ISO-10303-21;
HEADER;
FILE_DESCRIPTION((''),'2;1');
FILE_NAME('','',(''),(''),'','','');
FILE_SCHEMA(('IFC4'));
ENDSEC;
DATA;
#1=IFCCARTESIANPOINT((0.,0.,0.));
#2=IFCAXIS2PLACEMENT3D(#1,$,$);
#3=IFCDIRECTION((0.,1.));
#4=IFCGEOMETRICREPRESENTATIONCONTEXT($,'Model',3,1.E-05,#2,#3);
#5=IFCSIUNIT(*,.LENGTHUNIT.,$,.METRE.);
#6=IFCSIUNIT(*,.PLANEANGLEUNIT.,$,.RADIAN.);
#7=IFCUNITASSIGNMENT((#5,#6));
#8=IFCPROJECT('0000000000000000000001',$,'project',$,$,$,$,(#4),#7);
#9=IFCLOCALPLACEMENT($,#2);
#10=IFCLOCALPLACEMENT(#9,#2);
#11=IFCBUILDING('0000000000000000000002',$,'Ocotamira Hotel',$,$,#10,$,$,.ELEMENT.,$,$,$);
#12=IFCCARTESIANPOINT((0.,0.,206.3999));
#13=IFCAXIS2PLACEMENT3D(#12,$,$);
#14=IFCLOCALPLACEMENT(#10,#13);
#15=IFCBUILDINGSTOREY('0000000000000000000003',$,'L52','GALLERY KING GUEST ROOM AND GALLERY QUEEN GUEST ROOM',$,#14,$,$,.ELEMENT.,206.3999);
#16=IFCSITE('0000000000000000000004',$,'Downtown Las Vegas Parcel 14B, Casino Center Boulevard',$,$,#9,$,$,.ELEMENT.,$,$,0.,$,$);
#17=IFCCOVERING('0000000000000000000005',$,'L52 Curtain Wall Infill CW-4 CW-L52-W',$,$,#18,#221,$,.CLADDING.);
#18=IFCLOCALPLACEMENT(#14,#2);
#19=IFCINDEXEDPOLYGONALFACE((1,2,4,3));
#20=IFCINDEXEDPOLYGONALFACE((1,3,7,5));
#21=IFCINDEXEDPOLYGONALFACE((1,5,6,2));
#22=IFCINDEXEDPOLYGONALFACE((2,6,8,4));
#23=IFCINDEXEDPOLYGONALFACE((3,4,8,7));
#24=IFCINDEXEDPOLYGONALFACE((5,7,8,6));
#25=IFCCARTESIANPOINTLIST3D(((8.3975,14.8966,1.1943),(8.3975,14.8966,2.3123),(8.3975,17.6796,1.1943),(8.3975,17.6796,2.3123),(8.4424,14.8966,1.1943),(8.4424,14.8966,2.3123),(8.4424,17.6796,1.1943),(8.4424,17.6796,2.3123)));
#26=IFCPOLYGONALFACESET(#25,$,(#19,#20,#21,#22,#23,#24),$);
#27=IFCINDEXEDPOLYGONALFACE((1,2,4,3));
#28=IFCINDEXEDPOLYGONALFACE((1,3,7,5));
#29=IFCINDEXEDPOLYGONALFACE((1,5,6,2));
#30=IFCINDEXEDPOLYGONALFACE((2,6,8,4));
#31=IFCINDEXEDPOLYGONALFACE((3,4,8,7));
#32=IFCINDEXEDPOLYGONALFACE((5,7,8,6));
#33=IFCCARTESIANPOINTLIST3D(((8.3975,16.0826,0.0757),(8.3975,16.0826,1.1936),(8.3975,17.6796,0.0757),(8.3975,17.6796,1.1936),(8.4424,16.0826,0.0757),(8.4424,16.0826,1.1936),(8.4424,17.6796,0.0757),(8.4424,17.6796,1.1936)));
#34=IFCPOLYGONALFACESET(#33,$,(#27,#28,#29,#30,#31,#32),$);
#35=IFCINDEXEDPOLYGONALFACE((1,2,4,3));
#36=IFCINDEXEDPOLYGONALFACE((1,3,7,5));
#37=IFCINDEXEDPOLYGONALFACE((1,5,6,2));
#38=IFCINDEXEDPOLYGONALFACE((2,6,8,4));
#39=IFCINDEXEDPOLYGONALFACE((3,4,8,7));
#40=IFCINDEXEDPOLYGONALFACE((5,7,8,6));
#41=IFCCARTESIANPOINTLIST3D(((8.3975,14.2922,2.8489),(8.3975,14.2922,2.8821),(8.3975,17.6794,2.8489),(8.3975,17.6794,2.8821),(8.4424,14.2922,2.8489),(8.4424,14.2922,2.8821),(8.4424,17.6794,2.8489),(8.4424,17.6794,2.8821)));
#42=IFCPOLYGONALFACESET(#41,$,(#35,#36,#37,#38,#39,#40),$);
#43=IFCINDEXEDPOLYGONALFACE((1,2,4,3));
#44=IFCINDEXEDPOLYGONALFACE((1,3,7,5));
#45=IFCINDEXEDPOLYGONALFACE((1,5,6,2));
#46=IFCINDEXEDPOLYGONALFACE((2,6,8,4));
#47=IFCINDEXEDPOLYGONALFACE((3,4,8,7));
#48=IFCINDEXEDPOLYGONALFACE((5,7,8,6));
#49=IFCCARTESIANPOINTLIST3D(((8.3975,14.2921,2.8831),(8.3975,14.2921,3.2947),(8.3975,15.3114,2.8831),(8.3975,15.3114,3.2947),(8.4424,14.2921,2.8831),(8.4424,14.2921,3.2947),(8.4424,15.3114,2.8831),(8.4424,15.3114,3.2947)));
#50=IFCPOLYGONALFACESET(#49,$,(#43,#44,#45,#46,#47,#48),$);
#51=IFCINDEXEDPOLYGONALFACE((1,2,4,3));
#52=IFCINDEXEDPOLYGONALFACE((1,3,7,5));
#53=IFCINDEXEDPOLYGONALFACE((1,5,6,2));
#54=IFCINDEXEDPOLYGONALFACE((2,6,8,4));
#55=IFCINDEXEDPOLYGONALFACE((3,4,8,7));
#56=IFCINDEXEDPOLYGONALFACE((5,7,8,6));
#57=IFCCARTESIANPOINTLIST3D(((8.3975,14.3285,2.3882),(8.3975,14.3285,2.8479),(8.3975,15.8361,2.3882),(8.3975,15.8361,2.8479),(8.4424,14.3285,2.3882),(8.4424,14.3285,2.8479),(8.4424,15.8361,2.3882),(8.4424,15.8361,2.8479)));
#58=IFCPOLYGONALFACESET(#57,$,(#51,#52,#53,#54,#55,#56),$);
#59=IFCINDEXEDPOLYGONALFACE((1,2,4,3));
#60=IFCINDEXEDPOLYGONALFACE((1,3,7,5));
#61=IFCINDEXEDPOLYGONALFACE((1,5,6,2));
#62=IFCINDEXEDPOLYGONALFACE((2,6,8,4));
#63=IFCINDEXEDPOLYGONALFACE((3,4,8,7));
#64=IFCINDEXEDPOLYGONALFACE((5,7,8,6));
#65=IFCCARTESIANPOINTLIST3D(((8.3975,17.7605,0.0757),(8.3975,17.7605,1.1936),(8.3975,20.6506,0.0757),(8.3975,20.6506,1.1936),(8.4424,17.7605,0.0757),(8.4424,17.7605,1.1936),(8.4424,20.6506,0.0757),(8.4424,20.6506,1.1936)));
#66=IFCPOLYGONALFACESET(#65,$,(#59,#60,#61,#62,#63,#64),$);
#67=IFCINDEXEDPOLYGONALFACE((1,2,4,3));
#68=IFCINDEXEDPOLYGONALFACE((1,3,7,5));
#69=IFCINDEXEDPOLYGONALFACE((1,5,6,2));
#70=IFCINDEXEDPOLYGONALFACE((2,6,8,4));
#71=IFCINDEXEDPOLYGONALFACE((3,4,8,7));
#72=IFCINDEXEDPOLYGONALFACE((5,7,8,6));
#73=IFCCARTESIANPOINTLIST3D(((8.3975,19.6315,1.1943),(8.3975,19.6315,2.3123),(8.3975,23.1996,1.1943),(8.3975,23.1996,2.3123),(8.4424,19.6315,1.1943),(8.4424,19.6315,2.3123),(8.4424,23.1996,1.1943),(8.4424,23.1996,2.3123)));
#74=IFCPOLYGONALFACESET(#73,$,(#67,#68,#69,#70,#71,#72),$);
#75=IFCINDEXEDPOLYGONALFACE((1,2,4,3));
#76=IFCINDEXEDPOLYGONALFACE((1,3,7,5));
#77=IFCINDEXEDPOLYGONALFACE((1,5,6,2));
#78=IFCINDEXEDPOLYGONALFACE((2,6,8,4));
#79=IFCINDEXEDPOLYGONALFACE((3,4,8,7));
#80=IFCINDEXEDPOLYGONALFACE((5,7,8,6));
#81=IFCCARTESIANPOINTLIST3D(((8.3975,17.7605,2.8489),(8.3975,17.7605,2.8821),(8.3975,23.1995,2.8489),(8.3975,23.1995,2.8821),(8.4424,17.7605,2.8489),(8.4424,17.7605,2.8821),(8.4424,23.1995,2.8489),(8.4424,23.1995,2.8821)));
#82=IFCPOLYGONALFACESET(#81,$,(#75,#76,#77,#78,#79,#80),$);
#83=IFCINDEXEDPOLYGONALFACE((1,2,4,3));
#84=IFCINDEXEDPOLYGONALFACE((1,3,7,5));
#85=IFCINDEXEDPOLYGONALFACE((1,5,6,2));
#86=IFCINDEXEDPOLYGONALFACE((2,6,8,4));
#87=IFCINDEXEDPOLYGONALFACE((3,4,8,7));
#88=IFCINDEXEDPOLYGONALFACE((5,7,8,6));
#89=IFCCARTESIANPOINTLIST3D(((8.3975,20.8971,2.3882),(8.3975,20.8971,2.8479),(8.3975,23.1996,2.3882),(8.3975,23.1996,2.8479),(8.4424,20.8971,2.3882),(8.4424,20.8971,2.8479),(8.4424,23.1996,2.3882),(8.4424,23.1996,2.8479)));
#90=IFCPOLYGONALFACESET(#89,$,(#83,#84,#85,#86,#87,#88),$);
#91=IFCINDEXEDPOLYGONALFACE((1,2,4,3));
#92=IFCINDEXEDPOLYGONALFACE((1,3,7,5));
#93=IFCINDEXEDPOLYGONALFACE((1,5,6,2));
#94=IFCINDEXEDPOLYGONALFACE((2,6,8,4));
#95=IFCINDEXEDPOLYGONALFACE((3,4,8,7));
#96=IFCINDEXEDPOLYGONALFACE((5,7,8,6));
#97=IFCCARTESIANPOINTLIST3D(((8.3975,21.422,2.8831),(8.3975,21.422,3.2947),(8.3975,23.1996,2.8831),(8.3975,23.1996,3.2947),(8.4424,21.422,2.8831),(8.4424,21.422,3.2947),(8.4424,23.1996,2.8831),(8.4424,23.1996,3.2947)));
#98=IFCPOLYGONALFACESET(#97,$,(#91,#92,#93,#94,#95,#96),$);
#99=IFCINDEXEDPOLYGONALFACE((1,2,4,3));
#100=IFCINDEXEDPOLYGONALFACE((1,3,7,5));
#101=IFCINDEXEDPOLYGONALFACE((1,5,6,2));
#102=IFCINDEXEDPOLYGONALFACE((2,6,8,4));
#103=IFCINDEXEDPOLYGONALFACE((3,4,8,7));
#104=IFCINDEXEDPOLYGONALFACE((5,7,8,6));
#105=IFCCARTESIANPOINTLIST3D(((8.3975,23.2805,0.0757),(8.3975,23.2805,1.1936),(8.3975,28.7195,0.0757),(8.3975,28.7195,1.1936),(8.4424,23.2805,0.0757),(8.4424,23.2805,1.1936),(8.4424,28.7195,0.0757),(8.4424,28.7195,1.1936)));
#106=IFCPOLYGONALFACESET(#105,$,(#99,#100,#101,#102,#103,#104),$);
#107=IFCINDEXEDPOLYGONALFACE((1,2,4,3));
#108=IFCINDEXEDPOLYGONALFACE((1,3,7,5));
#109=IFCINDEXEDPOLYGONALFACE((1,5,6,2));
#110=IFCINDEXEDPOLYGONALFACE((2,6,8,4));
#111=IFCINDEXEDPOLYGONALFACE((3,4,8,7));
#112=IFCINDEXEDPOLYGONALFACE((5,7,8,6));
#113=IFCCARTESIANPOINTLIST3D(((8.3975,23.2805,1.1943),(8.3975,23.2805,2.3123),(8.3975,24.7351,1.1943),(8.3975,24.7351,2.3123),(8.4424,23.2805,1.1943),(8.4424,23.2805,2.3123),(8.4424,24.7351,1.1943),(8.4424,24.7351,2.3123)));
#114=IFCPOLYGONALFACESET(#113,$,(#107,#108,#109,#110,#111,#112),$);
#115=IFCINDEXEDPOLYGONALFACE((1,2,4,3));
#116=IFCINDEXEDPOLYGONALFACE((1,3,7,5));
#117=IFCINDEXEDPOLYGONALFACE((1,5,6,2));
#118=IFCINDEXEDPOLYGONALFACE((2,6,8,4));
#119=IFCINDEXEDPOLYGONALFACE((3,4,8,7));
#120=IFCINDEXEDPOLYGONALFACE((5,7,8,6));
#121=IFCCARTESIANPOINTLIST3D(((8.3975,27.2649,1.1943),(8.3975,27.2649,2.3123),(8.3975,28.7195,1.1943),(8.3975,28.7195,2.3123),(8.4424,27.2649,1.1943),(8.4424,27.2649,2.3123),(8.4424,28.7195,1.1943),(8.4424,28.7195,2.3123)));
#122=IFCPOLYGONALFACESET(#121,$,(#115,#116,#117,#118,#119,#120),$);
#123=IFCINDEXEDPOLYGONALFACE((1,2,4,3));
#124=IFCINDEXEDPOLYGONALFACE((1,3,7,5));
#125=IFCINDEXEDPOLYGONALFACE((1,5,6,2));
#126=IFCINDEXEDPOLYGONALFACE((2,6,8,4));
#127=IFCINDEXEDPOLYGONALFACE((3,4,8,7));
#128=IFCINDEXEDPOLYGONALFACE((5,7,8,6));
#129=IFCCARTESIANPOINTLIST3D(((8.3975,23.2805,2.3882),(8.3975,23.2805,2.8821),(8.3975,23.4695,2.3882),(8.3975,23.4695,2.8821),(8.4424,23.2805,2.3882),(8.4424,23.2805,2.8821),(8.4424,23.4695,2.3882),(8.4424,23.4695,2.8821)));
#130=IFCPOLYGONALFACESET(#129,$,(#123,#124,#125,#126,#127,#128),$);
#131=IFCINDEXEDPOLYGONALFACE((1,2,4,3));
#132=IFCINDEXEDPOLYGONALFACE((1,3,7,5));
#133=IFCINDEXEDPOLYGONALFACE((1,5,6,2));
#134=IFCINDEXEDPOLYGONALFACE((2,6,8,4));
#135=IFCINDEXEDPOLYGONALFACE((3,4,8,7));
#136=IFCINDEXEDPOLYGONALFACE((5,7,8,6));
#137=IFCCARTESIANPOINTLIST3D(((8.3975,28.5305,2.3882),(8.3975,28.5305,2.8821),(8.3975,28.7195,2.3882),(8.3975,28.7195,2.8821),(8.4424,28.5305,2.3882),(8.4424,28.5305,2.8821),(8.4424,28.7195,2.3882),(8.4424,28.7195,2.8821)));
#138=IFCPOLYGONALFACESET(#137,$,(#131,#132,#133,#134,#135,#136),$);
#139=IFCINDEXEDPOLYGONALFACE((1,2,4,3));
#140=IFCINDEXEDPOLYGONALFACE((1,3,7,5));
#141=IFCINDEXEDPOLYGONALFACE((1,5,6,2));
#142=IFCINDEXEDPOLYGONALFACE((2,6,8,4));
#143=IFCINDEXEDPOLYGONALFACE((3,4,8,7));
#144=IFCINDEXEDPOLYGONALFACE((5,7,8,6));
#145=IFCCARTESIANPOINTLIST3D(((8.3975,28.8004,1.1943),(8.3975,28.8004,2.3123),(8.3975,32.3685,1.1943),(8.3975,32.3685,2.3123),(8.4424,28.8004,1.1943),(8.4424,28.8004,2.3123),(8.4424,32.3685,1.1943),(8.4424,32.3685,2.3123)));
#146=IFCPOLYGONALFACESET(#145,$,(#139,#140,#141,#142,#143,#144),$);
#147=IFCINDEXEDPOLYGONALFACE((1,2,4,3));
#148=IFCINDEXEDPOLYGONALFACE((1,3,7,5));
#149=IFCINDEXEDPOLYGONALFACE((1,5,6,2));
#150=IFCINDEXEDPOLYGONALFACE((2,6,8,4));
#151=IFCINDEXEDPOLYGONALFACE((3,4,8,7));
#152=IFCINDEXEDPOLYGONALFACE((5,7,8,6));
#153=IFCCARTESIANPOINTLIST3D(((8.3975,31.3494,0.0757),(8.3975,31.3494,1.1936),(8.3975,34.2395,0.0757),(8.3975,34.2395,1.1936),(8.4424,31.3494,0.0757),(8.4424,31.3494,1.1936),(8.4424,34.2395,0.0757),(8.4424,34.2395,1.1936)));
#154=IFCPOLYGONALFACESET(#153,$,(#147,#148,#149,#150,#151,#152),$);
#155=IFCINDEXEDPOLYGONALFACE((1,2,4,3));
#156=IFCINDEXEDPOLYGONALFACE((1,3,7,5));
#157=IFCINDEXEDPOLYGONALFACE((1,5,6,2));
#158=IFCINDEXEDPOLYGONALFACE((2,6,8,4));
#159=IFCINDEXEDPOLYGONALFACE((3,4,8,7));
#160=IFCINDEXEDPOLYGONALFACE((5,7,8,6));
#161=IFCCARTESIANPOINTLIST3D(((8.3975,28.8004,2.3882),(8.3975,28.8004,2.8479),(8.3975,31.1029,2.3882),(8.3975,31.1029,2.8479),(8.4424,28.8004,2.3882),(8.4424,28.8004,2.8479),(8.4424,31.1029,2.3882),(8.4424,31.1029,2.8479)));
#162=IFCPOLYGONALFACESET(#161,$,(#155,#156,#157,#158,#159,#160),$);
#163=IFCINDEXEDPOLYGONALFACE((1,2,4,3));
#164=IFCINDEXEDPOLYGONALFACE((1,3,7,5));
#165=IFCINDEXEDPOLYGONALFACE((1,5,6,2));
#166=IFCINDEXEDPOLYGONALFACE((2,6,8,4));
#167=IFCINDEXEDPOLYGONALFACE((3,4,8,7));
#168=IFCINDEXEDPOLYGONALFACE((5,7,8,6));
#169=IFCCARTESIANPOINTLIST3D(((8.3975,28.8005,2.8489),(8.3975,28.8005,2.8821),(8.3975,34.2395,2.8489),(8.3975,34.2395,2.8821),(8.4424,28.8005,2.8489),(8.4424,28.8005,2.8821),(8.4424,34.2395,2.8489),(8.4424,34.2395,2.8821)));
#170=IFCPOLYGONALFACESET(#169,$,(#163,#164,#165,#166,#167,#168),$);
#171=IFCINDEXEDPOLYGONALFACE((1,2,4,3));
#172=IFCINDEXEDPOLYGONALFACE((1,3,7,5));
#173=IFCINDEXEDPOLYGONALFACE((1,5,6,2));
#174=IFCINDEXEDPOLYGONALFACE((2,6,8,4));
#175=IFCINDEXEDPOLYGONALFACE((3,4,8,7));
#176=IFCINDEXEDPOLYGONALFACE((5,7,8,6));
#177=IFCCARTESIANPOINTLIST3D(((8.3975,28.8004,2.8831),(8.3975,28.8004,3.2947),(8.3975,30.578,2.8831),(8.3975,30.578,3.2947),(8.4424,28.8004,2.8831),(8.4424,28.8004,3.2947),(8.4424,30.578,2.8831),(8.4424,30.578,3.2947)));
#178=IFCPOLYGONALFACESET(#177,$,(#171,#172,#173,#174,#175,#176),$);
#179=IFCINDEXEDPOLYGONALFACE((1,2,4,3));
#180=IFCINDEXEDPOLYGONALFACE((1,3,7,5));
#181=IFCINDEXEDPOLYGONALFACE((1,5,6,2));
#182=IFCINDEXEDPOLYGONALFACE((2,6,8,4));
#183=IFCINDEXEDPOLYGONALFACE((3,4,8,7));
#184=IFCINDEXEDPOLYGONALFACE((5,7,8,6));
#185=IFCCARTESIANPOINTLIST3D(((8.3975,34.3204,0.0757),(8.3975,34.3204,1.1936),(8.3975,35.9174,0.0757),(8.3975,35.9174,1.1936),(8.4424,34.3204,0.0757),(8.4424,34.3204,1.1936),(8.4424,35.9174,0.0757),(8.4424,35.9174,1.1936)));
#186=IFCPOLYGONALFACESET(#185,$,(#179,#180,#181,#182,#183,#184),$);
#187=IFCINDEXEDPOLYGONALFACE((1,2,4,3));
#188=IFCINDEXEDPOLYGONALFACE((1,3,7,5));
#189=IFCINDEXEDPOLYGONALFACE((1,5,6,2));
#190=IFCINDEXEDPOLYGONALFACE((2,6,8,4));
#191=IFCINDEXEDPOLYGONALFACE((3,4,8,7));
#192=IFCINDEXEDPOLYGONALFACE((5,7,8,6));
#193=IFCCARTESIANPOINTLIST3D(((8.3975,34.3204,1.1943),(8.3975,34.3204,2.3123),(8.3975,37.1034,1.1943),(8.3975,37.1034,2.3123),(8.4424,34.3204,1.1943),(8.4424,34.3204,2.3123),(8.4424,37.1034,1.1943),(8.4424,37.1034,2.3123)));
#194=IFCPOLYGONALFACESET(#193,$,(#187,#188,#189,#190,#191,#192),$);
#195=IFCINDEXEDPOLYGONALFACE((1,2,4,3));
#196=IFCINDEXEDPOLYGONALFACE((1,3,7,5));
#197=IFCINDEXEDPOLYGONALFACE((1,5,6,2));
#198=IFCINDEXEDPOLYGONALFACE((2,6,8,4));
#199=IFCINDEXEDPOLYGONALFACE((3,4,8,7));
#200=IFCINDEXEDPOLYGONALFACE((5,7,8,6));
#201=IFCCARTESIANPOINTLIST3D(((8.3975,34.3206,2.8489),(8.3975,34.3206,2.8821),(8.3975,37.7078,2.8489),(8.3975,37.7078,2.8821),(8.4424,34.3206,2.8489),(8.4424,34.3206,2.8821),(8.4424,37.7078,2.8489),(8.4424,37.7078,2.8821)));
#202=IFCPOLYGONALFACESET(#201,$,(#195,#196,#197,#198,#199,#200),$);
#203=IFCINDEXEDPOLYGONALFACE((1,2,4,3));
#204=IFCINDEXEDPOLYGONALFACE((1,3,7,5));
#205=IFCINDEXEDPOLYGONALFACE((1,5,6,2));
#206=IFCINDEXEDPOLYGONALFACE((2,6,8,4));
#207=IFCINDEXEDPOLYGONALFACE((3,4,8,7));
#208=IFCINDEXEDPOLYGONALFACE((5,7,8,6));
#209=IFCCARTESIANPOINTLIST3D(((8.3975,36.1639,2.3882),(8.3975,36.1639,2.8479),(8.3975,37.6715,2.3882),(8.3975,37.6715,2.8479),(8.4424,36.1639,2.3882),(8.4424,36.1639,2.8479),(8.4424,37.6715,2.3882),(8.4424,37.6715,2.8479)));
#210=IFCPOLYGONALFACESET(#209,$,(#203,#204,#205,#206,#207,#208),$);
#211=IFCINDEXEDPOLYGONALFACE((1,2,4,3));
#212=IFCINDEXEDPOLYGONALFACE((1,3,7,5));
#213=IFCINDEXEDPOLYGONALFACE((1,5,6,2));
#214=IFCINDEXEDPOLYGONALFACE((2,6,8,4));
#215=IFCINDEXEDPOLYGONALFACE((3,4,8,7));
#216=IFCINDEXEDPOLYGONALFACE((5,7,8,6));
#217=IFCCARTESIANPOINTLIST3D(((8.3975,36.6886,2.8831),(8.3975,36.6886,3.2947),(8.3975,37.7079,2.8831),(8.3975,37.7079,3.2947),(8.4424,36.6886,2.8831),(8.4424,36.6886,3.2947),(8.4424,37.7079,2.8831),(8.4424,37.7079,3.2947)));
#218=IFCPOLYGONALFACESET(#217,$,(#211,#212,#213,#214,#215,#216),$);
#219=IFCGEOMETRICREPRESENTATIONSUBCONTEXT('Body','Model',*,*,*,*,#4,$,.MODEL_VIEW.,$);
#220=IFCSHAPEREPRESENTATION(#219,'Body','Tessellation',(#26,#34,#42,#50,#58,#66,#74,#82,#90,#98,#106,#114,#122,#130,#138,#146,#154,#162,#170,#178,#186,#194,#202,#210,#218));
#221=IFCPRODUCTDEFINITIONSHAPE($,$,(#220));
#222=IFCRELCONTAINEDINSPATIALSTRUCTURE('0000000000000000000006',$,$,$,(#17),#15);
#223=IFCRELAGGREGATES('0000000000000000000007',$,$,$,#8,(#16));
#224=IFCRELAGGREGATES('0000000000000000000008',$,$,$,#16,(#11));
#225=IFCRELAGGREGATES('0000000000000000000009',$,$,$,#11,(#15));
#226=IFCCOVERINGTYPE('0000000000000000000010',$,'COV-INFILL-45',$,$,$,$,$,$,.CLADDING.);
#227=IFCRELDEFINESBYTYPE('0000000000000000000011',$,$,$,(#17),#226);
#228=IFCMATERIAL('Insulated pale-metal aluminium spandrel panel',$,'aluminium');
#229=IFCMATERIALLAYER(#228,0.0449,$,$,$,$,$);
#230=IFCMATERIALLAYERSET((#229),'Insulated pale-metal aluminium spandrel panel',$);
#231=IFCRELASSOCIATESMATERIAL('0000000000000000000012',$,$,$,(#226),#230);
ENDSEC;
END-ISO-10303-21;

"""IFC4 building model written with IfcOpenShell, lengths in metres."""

from ifc_helpers import new_model, si_unit, direction, frame, origin, origin_2d, place, context, subcontext, project, spatial, rectangle, extrude, material, layer, layer_set, type_object, element, save


model = new_model("IFC4")

# Units and contexts
model_context = context("Model", 3, precision=1e-05, world=origin(), true_north=direction((0.0, 1.0)))
body_context = subcontext(model_context, "Body", "Model", "MODEL_VIEW")
ifc_project = project(units=[si_unit("LENGTHUNIT", "METRE"), si_unit("PLANEANGLEUNIT", "RADIAN")], contexts=[model_context])

# Site, building, storey
site_placement = place(None, origin())
site = spatial("IfcSite", under=ifc_project, at=site_placement, Name="Downtown Las Vegas Parcel 14B, Casino Center Boulevard", CompositionType="ELEMENT", RefElevation=0.0)
building_placement = place(site_placement, origin())
building = spatial("IfcBuilding", under=site, at=building_placement, Name="Ocotamira Hotel", CompositionType="ELEMENT")
storey_placement = place(building_placement, frame((0.0, 0.0, 206.3999)))
storey = spatial("IfcBuildingStorey", under=building, at=storey_placement, Name="L52", Description="GALLERY KING GUEST ROOM AND GALLERY QUEEN GUEST ROOM", CompositionType="ELEMENT", Elevation=206.3999)

# Covering
ifc_material_1 = material(Name="Insulated pale-metal aluminium spandrel panel", Category="aluminium")
ifc_layer_1 = layer(ifc_material_1, 0.0449)
ifc_layer_set_1 = layer_set([ifc_layer_1], Name="Insulated pale-metal aluminium spandrel panel")
covering_type_1 = type_object("IfcCoveringType", Name="COV-INFILL-45", PredefinedType="CLADDING", material=ifc_layer_set_1)
covering_1_placement = place(storey_placement, origin())
element("IfcCovering", 1, at=covering_1_placement, inside=storey, type_object=covering_type_1, Name="L52 Curtain Wall Infill CW-4 CW-L52-W", PredefinedType="CLADDING", context=body_context, shape_type="SweptSolid", body=[
    extrude(rectangle(XDim=2.783, YDim=0.0449, at=origin_2d()), frame((8.4199, 16.2881, 1.1943), z_axis=(0.0, 0.0, 1.0), x_axis=(0.0, 1.0, 0.0)), (0.0, 0.0, 1.0), 1.1179),
    extrude(rectangle(XDim=1.5969, YDim=0.0449, at=origin_2d()), frame((8.4199, 16.8811, 0.0757), z_axis=(0.0, 0.0, 1.0), x_axis=(0.0, 1.0, 0.0)), (0.0, 0.0, 1.0), 1.1179),
    extrude(rectangle(XDim=3.3872, YDim=0.0449, at=origin_2d()), frame((8.4199, 15.9858, 2.8489), z_axis=(0.0, 0.0, 1.0), x_axis=(0.0, 1.0, 0.0)), (0.0, 0.0, 1.0), 0.0332),
    extrude(rectangle(XDim=1.0193, YDim=0.0449, at=origin_2d()), frame((8.4199, 14.8018, 2.8831), z_axis=(0.0, 0.0, 1.0), x_axis=(0.0, 1.0, 0.0)), (0.0, 0.0, 1.0), 0.4116),
    extrude(rectangle(XDim=1.5076, YDim=0.0449, at=origin_2d()), frame((8.4199, 15.0823, 2.3882), z_axis=(0.0, 0.0, 1.0), x_axis=(0.0, 1.0, 0.0)), (0.0, 0.0, 1.0), 0.4597),
    extrude(rectangle(XDim=2.8901, YDim=0.0449, at=origin_2d()), frame((8.4199, 19.2056, 0.0757), z_axis=(0.0, 0.0, 1.0), x_axis=(0.0, 1.0, 0.0)), (0.0, 0.0, 1.0), 1.1179),
    extrude(rectangle(XDim=3.5681, YDim=0.0449, at=origin_2d()), frame((8.4199, 21.4155, 1.1943), z_axis=(0.0, 0.0, 1.0), x_axis=(0.0, 1.0, 0.0)), (0.0, 0.0, 1.0), 1.1179),
    extrude(rectangle(XDim=5.439, YDim=0.0449, at=origin_2d()), frame((8.4199, 20.48, 2.8489), z_axis=(0.0, 0.0, 1.0), x_axis=(0.0, 1.0, 0.0)), (0.0, 0.0, 1.0), 0.0332),
    extrude(rectangle(XDim=2.3025, YDim=0.0449, at=origin_2d()), frame((8.4199, 22.0483, 2.3882), z_axis=(0.0, 0.0, 1.0), x_axis=(0.0, 1.0, 0.0)), (0.0, 0.0, 1.0), 0.4597),
    extrude(rectangle(XDim=1.7776, YDim=0.0449, at=origin_2d()), frame((8.4199, 22.3108, 2.8831), z_axis=(0.0, 0.0, 1.0), x_axis=(0.0, 1.0, 0.0)), (0.0, 0.0, 1.0), 0.4116),
    extrude(rectangle(XDim=5.439, YDim=0.0449, at=origin_2d()), frame((8.4199, 26.0, 0.0757), z_axis=(0.0, 0.0, 1.0), x_axis=(0.0, 1.0, 0.0)), (0.0, 0.0, 1.0), 1.1179),
    extrude(rectangle(XDim=1.4546, YDim=0.0449, at=origin_2d()), frame((8.4199, 24.0078, 1.1943), z_axis=(0.0, 0.0, 1.0), x_axis=(0.0, 1.0, 0.0)), (0.0, 0.0, 1.0), 1.1179),
    extrude(rectangle(XDim=1.4546, YDim=0.0449, at=origin_2d()), frame((8.4199, 27.9922, 1.1943), z_axis=(0.0, 0.0, 1.0), x_axis=(0.0, 1.0, 0.0)), (0.0, 0.0, 1.0), 1.1179),
    extrude(rectangle(XDim=0.189, YDim=0.0449, at=origin_2d()), frame((8.4199, 23.375, 2.3882), z_axis=(0.0, 0.0, 1.0), x_axis=(0.0, 1.0, 0.0)), (0.0, 0.0, 1.0), 0.4939),
    extrude(rectangle(XDim=0.189, YDim=0.0449, at=origin_2d()), frame((8.4199, 28.625, 2.3882), z_axis=(0.0, 0.0, 1.0), x_axis=(0.0, 1.0, 0.0)), (0.0, 0.0, 1.0), 0.4939),
    extrude(rectangle(XDim=3.5681, YDim=0.0449, at=origin_2d()), frame((8.4199, 30.5845, 1.1943), z_axis=(0.0, 0.0, 1.0), x_axis=(0.0, 1.0, 0.0)), (0.0, 0.0, 1.0), 1.1179),
    extrude(rectangle(XDim=2.8901, YDim=0.0449, at=origin_2d()), frame((8.4199, 32.7944, 0.0757), z_axis=(0.0, 0.0, 1.0), x_axis=(0.0, 1.0, 0.0)), (0.0, 0.0, 1.0), 1.1179),
    extrude(rectangle(XDim=2.3025, YDim=0.0449, at=origin_2d()), frame((8.4199, 29.9517, 2.3882), z_axis=(0.0, 0.0, 1.0), x_axis=(0.0, 1.0, 0.0)), (0.0, 0.0, 1.0), 0.4597),
    extrude(rectangle(XDim=5.439, YDim=0.0449, at=origin_2d()), frame((8.4199, 31.52, 2.8489), z_axis=(0.0, 0.0, 1.0), x_axis=(0.0, 1.0, 0.0)), (0.0, 0.0, 1.0), 0.0332),
    extrude(rectangle(XDim=1.7776, YDim=0.0449, at=origin_2d()), frame((8.4199, 29.6892, 2.8831), z_axis=(0.0, 0.0, 1.0), x_axis=(0.0, 1.0, 0.0)), (0.0, 0.0, 1.0), 0.4116),
    extrude(rectangle(XDim=1.5969, YDim=0.0449, at=origin_2d()), frame((8.4199, 35.1189, 0.0757), z_axis=(0.0, 0.0, 1.0), x_axis=(0.0, 1.0, 0.0)), (0.0, 0.0, 1.0), 1.1179),
    extrude(rectangle(XDim=2.783, YDim=0.0449, at=origin_2d()), frame((8.4199, 35.7119, 1.1943), z_axis=(0.0, 0.0, 1.0), x_axis=(0.0, 1.0, 0.0)), (0.0, 0.0, 1.0), 1.1179),
    extrude(rectangle(XDim=3.3872, YDim=0.0449, at=origin_2d()), frame((8.4199, 36.0142, 2.8489), z_axis=(0.0, 0.0, 1.0), x_axis=(0.0, 1.0, 0.0)), (0.0, 0.0, 1.0), 0.0332),
    extrude(rectangle(XDim=1.5076, YDim=0.0449, at=origin_2d()), frame((8.4199, 36.9177, 2.3882), z_axis=(0.0, 0.0, 1.0), x_axis=(0.0, 1.0, 0.0)), (0.0, 0.0, 1.0), 0.4597),
    extrude(rectangle(XDim=1.0193, YDim=0.0449, at=origin_2d()), frame((8.4199, 37.1982, 2.8831), z_axis=(0.0, 0.0, 1.0), x_axis=(0.0, 1.0, 0.0)), (0.0, 0.0, 1.0), 0.4116),
])

save(model, "model.ifc")
